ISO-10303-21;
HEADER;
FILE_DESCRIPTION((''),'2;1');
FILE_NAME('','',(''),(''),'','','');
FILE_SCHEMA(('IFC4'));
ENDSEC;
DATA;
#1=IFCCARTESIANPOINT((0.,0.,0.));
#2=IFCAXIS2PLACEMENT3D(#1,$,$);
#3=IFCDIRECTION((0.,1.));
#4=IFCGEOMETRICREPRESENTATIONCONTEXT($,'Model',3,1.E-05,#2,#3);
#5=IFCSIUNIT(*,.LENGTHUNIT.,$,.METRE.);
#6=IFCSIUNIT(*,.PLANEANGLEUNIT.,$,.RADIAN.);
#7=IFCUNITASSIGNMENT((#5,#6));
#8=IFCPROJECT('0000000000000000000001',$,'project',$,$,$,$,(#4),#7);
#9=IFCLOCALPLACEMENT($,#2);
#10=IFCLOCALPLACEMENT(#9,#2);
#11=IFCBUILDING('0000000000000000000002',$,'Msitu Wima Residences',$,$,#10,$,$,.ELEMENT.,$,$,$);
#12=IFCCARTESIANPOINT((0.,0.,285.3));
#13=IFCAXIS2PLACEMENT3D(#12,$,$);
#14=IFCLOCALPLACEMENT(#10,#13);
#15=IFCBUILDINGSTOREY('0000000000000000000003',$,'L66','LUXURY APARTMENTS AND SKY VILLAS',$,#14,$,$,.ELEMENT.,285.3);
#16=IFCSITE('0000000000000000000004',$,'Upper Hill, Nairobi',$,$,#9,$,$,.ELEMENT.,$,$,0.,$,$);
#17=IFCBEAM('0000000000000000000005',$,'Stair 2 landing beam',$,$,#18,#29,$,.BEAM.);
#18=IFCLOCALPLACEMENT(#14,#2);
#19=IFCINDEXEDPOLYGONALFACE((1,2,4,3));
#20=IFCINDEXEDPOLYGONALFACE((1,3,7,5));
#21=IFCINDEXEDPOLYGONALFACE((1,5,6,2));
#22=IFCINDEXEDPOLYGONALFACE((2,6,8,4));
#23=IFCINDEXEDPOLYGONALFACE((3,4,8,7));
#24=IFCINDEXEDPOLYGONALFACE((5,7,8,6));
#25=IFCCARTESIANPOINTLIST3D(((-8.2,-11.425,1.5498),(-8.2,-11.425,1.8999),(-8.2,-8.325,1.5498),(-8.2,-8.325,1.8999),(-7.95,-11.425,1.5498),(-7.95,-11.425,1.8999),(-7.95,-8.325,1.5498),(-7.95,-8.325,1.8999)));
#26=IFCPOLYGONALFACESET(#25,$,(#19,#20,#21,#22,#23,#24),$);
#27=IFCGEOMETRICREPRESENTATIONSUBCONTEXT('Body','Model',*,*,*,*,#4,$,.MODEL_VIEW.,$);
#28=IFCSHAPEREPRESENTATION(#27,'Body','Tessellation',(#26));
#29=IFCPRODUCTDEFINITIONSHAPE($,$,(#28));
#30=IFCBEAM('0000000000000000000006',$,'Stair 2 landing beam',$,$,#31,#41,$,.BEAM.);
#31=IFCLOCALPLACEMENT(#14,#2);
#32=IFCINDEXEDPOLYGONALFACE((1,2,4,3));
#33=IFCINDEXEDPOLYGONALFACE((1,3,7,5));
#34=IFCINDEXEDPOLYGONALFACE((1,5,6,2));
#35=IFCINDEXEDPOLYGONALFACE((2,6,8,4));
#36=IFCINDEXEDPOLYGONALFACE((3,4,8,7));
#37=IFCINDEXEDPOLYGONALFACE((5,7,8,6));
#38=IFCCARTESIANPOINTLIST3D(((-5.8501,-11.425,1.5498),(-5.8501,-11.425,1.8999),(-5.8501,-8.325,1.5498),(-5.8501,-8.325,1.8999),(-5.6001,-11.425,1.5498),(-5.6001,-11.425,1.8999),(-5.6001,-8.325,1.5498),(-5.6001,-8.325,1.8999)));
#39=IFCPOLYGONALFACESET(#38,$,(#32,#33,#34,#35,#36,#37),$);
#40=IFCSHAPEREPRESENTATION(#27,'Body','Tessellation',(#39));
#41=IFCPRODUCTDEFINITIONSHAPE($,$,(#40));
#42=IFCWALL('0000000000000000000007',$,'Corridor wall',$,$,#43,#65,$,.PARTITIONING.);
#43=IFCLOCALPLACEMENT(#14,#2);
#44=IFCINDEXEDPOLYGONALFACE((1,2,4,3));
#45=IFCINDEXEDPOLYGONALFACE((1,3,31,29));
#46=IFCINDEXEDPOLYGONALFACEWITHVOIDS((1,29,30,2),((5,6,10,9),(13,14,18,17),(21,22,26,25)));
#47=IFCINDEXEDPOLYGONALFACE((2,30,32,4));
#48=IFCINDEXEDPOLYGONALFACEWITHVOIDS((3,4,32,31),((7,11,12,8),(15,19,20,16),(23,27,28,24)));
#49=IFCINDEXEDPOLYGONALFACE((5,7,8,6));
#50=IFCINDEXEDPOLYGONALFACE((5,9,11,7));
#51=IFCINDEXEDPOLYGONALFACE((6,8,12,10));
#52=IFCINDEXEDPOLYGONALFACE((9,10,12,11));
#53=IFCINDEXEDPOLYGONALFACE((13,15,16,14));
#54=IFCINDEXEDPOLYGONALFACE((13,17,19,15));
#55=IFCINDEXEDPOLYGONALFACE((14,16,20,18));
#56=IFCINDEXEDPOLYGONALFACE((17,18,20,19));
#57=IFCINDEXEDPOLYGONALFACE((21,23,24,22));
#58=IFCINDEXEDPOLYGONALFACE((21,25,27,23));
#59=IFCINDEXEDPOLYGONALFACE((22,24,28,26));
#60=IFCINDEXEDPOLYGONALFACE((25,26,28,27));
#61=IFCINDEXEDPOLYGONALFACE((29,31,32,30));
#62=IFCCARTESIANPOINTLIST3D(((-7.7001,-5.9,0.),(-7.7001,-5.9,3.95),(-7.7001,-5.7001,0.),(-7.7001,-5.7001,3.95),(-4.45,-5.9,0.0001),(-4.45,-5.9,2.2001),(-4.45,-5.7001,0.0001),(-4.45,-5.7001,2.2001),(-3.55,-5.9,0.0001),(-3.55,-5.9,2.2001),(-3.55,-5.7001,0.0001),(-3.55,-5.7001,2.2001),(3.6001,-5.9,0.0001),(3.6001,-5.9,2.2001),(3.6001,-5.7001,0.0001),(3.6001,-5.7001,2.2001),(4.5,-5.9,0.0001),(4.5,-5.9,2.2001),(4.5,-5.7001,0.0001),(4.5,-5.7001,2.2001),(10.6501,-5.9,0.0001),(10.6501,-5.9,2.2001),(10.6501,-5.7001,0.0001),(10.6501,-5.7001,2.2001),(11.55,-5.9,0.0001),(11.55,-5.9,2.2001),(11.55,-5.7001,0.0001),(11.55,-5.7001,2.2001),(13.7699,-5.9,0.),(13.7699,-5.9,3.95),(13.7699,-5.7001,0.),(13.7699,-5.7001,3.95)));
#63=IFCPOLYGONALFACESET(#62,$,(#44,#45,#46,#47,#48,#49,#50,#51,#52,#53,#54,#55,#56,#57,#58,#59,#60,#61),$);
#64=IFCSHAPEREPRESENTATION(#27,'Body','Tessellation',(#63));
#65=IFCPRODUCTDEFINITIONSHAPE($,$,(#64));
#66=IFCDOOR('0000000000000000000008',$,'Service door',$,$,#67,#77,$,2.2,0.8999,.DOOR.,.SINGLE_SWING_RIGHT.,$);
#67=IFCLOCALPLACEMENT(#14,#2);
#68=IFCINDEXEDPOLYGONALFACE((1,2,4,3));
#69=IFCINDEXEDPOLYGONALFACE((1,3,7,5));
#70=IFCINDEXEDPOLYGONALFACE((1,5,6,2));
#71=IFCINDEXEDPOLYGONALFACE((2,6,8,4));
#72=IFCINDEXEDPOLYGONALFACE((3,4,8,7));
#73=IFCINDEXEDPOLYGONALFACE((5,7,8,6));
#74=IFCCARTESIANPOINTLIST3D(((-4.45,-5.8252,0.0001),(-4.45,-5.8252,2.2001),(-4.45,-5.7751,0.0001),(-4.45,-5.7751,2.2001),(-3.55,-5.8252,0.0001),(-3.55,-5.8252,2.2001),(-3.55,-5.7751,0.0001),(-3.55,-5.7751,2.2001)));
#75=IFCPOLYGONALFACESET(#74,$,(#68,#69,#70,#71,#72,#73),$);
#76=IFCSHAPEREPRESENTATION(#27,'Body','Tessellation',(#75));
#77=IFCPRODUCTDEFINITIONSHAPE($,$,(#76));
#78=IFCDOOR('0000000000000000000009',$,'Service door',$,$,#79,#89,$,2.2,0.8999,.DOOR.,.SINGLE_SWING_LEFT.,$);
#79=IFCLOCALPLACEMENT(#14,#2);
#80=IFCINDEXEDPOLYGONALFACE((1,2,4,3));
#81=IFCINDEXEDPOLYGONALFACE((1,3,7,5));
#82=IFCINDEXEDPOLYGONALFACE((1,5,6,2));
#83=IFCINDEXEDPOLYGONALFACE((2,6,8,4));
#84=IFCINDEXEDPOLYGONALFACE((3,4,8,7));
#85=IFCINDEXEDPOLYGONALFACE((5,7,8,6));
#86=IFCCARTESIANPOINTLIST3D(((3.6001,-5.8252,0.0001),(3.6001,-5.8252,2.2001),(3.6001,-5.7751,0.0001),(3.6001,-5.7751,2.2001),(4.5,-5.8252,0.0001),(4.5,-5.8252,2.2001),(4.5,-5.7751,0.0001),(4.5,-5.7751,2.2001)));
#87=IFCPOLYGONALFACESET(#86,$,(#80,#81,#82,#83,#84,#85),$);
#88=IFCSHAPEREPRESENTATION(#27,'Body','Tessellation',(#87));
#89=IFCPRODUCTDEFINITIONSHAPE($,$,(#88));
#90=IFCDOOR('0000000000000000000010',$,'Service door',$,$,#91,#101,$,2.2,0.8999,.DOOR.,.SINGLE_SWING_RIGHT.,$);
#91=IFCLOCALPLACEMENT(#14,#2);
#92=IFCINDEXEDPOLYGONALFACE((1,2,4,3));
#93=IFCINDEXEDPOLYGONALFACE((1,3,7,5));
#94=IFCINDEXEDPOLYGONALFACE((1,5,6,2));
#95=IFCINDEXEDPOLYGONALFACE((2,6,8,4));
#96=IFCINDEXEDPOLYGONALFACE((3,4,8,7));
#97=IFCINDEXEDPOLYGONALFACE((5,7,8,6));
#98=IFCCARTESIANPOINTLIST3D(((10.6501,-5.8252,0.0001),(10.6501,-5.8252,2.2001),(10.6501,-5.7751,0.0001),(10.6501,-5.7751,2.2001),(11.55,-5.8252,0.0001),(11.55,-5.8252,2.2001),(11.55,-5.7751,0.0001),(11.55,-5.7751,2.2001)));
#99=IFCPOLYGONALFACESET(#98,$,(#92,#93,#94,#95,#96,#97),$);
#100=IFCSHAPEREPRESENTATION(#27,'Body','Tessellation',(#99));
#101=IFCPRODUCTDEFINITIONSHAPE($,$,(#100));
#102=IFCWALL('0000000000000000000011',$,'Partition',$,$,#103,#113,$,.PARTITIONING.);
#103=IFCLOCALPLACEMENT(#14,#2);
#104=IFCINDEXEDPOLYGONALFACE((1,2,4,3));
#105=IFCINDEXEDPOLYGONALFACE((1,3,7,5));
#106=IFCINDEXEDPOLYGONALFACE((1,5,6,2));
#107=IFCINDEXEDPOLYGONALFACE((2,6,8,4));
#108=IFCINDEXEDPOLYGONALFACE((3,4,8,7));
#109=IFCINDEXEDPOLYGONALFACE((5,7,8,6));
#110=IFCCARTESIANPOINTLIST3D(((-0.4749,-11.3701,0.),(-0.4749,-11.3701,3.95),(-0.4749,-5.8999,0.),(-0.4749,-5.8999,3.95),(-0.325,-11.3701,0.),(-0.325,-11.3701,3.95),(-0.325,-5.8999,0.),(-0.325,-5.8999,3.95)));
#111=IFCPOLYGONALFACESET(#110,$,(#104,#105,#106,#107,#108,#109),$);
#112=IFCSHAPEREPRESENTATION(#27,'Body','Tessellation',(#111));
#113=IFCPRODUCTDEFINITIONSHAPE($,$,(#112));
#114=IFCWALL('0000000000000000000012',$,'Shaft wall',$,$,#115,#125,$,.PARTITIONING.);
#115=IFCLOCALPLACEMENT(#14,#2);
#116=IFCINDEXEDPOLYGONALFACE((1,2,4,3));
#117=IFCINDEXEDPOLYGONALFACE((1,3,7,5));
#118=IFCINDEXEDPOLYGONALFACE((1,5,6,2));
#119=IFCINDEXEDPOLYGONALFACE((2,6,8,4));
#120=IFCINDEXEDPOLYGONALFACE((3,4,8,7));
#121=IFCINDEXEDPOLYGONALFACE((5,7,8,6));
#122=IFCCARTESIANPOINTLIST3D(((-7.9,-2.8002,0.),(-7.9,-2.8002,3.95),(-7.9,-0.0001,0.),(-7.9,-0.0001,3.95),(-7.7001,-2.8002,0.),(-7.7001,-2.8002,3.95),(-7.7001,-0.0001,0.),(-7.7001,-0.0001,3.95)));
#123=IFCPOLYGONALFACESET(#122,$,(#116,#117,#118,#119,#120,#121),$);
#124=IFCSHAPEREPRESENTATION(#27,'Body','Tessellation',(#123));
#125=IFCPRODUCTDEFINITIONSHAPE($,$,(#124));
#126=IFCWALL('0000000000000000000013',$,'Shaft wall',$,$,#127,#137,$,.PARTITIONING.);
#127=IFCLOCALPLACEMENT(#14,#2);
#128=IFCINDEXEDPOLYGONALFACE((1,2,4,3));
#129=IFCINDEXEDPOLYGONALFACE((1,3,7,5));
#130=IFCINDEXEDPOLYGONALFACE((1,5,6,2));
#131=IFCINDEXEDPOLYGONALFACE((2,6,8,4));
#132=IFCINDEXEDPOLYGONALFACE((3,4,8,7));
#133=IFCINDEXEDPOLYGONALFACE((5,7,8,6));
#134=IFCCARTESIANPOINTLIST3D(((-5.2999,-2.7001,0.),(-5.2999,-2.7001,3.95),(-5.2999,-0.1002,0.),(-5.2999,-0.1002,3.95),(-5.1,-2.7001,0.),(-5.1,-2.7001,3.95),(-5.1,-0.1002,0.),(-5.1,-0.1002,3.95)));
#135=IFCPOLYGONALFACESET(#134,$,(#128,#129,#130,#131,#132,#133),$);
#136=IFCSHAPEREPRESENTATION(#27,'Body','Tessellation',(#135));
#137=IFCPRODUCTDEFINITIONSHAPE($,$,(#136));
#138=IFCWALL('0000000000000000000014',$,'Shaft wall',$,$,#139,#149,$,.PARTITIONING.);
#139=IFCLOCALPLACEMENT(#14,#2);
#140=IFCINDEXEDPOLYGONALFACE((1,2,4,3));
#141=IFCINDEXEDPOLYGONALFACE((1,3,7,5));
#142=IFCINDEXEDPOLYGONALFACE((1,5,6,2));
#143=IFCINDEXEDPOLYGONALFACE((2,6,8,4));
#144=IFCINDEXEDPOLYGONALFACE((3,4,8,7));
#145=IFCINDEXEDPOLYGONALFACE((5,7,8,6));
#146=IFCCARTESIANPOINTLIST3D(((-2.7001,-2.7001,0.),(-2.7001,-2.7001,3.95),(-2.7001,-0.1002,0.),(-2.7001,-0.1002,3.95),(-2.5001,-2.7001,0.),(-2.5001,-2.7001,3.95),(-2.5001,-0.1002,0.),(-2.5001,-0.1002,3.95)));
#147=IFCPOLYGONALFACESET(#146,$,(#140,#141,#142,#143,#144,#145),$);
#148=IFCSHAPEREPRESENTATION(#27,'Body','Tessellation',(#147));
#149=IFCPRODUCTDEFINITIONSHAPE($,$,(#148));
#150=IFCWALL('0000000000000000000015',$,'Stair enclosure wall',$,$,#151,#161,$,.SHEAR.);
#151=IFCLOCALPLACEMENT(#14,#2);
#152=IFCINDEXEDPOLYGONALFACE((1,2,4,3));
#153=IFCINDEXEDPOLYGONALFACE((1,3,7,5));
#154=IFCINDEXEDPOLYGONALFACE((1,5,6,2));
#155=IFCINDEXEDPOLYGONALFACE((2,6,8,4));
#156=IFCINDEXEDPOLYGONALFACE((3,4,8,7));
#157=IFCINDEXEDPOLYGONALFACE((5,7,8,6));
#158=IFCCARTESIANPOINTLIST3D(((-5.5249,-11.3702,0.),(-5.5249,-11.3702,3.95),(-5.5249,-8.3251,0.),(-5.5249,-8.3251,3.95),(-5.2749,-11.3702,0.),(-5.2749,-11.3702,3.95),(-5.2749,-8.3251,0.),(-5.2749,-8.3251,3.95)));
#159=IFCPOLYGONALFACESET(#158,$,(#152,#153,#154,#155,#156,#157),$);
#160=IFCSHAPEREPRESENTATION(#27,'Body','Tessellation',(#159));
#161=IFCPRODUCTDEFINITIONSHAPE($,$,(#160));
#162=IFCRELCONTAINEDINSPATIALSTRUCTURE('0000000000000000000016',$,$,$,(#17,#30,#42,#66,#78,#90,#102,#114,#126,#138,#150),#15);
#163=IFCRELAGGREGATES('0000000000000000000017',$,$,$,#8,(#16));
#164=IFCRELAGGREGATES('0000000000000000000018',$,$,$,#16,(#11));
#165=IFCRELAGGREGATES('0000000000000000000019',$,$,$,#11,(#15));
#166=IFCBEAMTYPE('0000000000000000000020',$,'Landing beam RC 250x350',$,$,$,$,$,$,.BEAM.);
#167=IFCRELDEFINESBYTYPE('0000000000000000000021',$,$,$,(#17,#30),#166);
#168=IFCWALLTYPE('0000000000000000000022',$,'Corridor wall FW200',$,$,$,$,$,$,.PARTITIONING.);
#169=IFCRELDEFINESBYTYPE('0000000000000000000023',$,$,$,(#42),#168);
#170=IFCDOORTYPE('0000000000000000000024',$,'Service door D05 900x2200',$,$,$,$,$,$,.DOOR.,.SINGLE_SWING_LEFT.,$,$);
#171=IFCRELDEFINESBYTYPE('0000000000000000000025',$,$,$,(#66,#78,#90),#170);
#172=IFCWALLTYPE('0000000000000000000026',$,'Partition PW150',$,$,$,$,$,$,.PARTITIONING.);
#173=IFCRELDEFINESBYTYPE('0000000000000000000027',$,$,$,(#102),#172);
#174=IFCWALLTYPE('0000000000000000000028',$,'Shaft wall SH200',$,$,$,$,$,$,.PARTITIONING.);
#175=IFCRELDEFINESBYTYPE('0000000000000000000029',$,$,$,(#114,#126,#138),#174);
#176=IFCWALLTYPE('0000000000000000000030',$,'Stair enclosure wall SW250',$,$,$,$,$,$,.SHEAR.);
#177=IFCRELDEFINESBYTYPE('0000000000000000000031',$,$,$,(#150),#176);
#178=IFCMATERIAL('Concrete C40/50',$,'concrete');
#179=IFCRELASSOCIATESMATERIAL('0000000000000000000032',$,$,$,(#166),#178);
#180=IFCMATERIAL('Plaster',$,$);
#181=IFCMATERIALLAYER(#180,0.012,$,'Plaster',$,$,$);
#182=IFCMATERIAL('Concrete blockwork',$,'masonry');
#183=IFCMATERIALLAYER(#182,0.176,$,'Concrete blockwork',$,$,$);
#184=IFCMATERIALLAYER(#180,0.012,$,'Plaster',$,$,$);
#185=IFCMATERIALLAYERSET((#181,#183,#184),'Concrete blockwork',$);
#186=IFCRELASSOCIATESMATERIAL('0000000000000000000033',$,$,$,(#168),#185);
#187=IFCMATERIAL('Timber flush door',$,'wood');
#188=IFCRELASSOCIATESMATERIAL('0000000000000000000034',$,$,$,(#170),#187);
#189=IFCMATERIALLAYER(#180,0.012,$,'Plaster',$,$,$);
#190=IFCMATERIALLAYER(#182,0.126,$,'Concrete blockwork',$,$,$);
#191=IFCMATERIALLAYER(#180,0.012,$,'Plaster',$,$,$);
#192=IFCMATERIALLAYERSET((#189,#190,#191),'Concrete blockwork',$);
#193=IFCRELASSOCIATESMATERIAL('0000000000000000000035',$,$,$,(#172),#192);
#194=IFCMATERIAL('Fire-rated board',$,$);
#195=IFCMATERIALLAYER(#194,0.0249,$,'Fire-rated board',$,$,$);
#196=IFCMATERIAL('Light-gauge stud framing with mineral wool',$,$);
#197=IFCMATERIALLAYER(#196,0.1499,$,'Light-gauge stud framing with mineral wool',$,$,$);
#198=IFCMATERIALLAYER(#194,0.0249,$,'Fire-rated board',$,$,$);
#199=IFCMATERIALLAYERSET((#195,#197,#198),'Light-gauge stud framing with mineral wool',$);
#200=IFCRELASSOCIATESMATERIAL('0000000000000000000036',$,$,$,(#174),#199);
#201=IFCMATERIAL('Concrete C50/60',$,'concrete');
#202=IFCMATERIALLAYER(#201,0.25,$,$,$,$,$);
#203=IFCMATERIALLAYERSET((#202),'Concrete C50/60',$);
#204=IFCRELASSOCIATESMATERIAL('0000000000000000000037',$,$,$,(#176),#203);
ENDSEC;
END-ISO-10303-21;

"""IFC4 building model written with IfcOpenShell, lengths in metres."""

from ifc_helpers import new_model, si_unit, direction, frame, frame_2d, origin, origin_2d, place, context, subcontext, project, spatial, rectangle, extrude, material, layer, layer_set, material_profile, profile_set, type_object, element, fill, save


model = new_model("IFC4")

# Units and contexts
model_context = context("Model", 3, precision=1e-05, world=origin(), true_north=direction((0.0, 1.0)))
body_context = subcontext(model_context, "Body", "Model", "MODEL_VIEW")
ifc_project = project(units=[si_unit("LENGTHUNIT", "METRE"), si_unit("PLANEANGLEUNIT", "RADIAN")], contexts=[model_context])

# Site, building, storey
site_placement = place(None, origin())
site = spatial("IfcSite", under=ifc_project, at=site_placement, Name="Upper Hill, Nairobi", CompositionType="ELEMENT", RefElevation=0.0)
building_placement = place(site_placement, origin())
building = spatial("IfcBuilding", under=site, at=building_placement, Name="Msitu Wima Residences", CompositionType="ELEMENT")
storey_placement = place(building_placement, frame((0.0, 0.0, 285.3)))
storey = spatial("IfcBuildingStorey", under=building, at=storey_placement, Name="L66", Description="LUXURY APARTMENTS AND SKY VILLAS", CompositionType="ELEMENT", Elevation=285.3)

# Beams
ifc_material_1 = material(Name="Concrete C40/50", Category="concrete")
ifc_material_profile = material_profile(ifc_material_1, rectangle(XDim=0.25, YDim=0.3501, at=origin_2d()), Name="RC 250x350")
ifc_profile_set = profile_set([ifc_material_profile], Name="Concrete C40/50")
beam_type = type_object("IfcBeamType", Name="Landing beam RC 250x350", PredefinedType="BEAM", material=ifc_profile_set)
for number, where, z_axis, x_axis, name in (
    (1, (-8.075, -11.425, 1.7249), (0.0, 1.0, 0.0), (-1.0, 0.0, 0.0), "Stair 2 landing beam"),
    (2, (-5.7251, -11.425, 1.7249), (0.0, 1.0, 0.0), (-1.0, 0.0, 0.0), "Stair 2 landing beam"),
):
    element("IfcBeam", number, at=place(storey_placement, frame(where, z_axis=z_axis, x_axis=x_axis)), inside=storey, type_object=beam_type, Name=name, PredefinedType="BEAM", context=body_context, shape_type="SweptSolid", body=[
        extrude(rectangle(XDim=0.25, YDim=0.3501, at=origin_2d()), origin(), (0.0, 0.0, 1.0), 3.1001),
    ])

# Shared definitions
ifc_material_2 = material(Name="Plaster")
ifc_layer_1 = layer(ifc_material_2, 0.012, Name="Plaster")
ifc_material_3 = material(Name="Concrete blockwork", Category="masonry")
ifc_layer_2 = layer(ifc_material_3, 0.176, Name="Concrete blockwork")
ifc_layer_3 = layer(ifc_material_2, 0.012, Name="Plaster")
ifc_layer_set_1 = layer_set([ifc_layer_1, ifc_layer_2, ifc_layer_3], Name="Concrete blockwork")
wall_type_1 = type_object("IfcWallType", Name="Corridor wall FW200", PredefinedType="PARTITIONING", material=ifc_layer_set_1)

# Wall, openings, doors
wall_1_placement = place(storey_placement, frame((-7.7, -5.8, 0.0), z_axis=(0.0, 0.0, 1.0), x_axis=(1.0, 0.0, 0.0)))
wall_1 = element("IfcWall", 3, at=wall_1_placement, inside=storey, type_object=wall_type_1, Name="Corridor wall", PredefinedType="PARTITIONING", context=body_context, shape_type="SweptSolid", body=[
    extrude(rectangle(XDim=21.47, YDim=0.2, at=frame_2d((10.7349, 0.0))), origin(), (0.0, 0.0, 1.0), 3.95),
])
opening_1_placement = place(wall_1_placement, frame((3.25, 0.0, 0.0)))
opening_1 = element("IfcOpeningElement", 4, at=opening_1_placement, cuts=wall_1, PredefinedType="OPENING", context=body_context, shape_type="SweptSolid", body=[
    extrude(rectangle(XDim=0.8999, YDim=2.2, at=frame_2d((0.45, 1.1001))), frame((0.0, 0.1099, 0.0), z_axis=(0.0, -1.0, 0.0), x_axis=(1.0, 0.0, 0.0)), (0.0, 0.0, 1.0), 0.22),
])
opening_2_placement = place(wall_1_placement, frame((11.3, 0.0, 0.0)))
opening_2 = element("IfcOpeningElement", 5, at=opening_2_placement, cuts=wall_1, PredefinedType="OPENING", context=body_context, shape_type="SweptSolid", body=[
    extrude(rectangle(XDim=0.8999, YDim=2.2, at=frame_2d((0.45, 1.1001))), frame((0.0, 0.1099, 0.0), z_axis=(0.0, -1.0, 0.0), x_axis=(1.0, 0.0, 0.0)), (0.0, 0.0, 1.0), 0.22),
])
opening_3_placement = place(wall_1_placement, frame((18.3501, 0.0, 0.0)))
opening_3 = element("IfcOpeningElement", 6, at=opening_3_placement, cuts=wall_1, PredefinedType="OPENING", context=body_context, shape_type="SweptSolid", body=[
    extrude(rectangle(XDim=0.8999, YDim=2.2, at=frame_2d((0.45, 1.1001))), frame((0.0, 0.1099, 0.0), z_axis=(0.0, -1.0, 0.0), x_axis=(1.0, 0.0, 0.0)), (0.0, 0.0, 1.0), 0.22),
])
ifc_material_4 = material(Name="Timber flush door", Category="wood")
door_type_1 = type_object("IfcDoorType", Name="Service door D05 900x2200", OperationType="SINGLE_SWING_LEFT", PredefinedType="DOOR", material=ifc_material_4)
door_1_placement = place(opening_1_placement, origin())
door_1 = element("IfcDoor", 7, at=door_1_placement, inside=storey, type_object=door_type_1, Name="Service door", OperationType="SINGLE_SWING_RIGHT", OverallHeight=2.2, OverallWidth=0.8999, PredefinedType="DOOR", context=body_context, shape_type="SweptSolid", body=[
    extrude(rectangle(XDim=0.8999, YDim=2.2, at=frame_2d((0.45, 1.1001))), frame((0.0, 0.0249, 0.0), z_axis=(0.0, -1.0, 0.0), x_axis=(1.0, 0.0, 0.0)), (0.0, 0.0, 1.0), 0.05),
])
fill(opening_1, door_1)
door_2_placement = place(opening_2_placement, origin())
door_2 = element("IfcDoor", 8, at=door_2_placement, inside=storey, type_object=door_type_1, Name="Service door", OperationType="SINGLE_SWING_LEFT", OverallHeight=2.2, OverallWidth=0.8999, PredefinedType="DOOR", context=body_context, shape_type="SweptSolid", body=[
    extrude(rectangle(XDim=0.8999, YDim=2.2, at=frame_2d((0.45, 1.1001))), frame((0.0, 0.0249, 0.0), z_axis=(0.0, -1.0, 0.0), x_axis=(1.0, 0.0, 0.0)), (0.0, 0.0, 1.0), 0.05),
])
fill(opening_2, door_2)
door_3_placement = place(opening_3_placement, origin())
door_3 = element("IfcDoor", 9, at=door_3_placement, inside=storey, type_object=door_type_1, Name="Service door", OperationType="SINGLE_SWING_RIGHT", OverallHeight=2.2, OverallWidth=0.8999, PredefinedType="DOOR", context=body_context, shape_type="SweptSolid", body=[
    extrude(rectangle(XDim=0.8999, YDim=2.2, at=frame_2d((0.45, 1.1001))), frame((0.0, 0.0249, 0.0), z_axis=(0.0, -1.0, 0.0), x_axis=(1.0, 0.0, 0.0)), (0.0, 0.0, 1.0), 0.05),
])
fill(opening_3, door_3)

# Walls
ifc_layer_4 = layer(ifc_material_2, 0.012, Name="Plaster")
ifc_layer_5 = layer(ifc_material_3, 0.126, Name="Concrete blockwork")
ifc_layer_6 = layer(ifc_material_2, 0.012, Name="Plaster")
ifc_layer_set_2 = layer_set([ifc_layer_4, ifc_layer_5, ifc_layer_6], Name="Concrete blockwork")
wall_type_2 = type_object("IfcWallType", Name="Partition PW150", PredefinedType="PARTITIONING", material=ifc_layer_set_2)
wall_2_placement = place(storey_placement, frame((-0.3999, -11.3701, 0.0), z_axis=(0.0, 0.0, 1.0), x_axis=(0.0, 1.0, 0.0)))
element("IfcWall", 10, at=wall_2_placement, inside=storey, type_object=wall_type_2, Name="Partition", PredefinedType="PARTITIONING", context=body_context, shape_type="SweptSolid", body=[
    extrude(rectangle(XDim=5.4702, YDim=0.1499, at=frame_2d((2.7351, 0.0))), origin(), (0.0, 0.0, 1.0), 3.95),
])
ifc_material_5 = material(Name="Fire-rated board")
ifc_layer_7 = layer(ifc_material_5, 0.0249, Name="Fire-rated board")
ifc_material_6 = material(Name="Light-gauge stud framing with mineral wool")
ifc_layer_8 = layer(ifc_material_6, 0.1499, Name="Light-gauge stud framing with mineral wool")
ifc_layer_9 = layer(ifc_material_5, 0.0249, Name="Fire-rated board")
ifc_layer_set_3 = layer_set([ifc_layer_7, ifc_layer_8, ifc_layer_9], Name="Light-gauge stud framing with mineral wool")
wall_type_3 = type_object("IfcWallType", Name="Shaft wall SH200", PredefinedType="PARTITIONING", material=ifc_layer_set_3)
wall_3_placement = place(storey_placement, frame((-7.8, -2.8, 0.0), z_axis=(0.0, 0.0, 1.0), x_axis=(0.0, 1.0, 0.0)))
element("IfcWall", 11, at=wall_3_placement, inside=storey, type_object=wall_type_3, Name="Shaft wall", PredefinedType="PARTITIONING", context=body_context, shape_type="SweptSolid", body=[
    extrude(rectangle(XDim=2.8, YDim=0.2, at=frame_2d((1.3999, 0.0))), origin(), (0.0, 0.0, 1.0), 3.95),
])
for number, where, z_axis, x_axis, name in (
    (12, (-5.2, -2.7, 0.0), (0.0, 0.0, 1.0), (0.0, 1.0, 0.0), "Shaft wall"),
    (13, (-2.6001, -2.7, 0.0), (0.0, 0.0, 1.0), (0.0, 1.0, 0.0), "Shaft wall"),
):
    element("IfcWall", number, at=place(storey_placement, frame(where, z_axis=z_axis, x_axis=x_axis)), inside=storey, type_object=wall_type_3, Name=name, PredefinedType="PARTITIONING", context=body_context, shape_type="SweptSolid", body=[
        extrude(rectangle(XDim=2.5999, YDim=0.2, at=frame_2d((1.2998, 0.0))), origin(), (0.0, 0.0, 1.0), 3.95),
    ])
ifc_material_7 = material(Name="Concrete C50/60", Category="concrete")
ifc_layer_10 = layer(ifc_material_7, 0.25)
ifc_layer_set_4 = layer_set([ifc_layer_10], Name="Concrete C50/60")
wall_type_4 = type_object("IfcWallType", Name="Stair enclosure wall SW250", PredefinedType="SHEAR", material=ifc_layer_set_4)
wall_4_placement = place(storey_placement, frame((-5.3999, -11.3701, 0.0), z_axis=(0.0, 0.0, 1.0), x_axis=(0.0, 1.0, 0.0)))
element("IfcWall", 14, at=wall_4_placement, inside=storey, type_object=wall_type_4, Name="Stair enclosure wall", PredefinedType="SHEAR", context=body_context, shape_type="SweptSolid", body=[
    extrude(rectangle(XDim=3.0452, YDim=0.25, at=frame_2d((1.5225, 0.0))), origin(), (0.0, 0.0, 1.0), 3.95),
])

save(model, "model.ifc")
